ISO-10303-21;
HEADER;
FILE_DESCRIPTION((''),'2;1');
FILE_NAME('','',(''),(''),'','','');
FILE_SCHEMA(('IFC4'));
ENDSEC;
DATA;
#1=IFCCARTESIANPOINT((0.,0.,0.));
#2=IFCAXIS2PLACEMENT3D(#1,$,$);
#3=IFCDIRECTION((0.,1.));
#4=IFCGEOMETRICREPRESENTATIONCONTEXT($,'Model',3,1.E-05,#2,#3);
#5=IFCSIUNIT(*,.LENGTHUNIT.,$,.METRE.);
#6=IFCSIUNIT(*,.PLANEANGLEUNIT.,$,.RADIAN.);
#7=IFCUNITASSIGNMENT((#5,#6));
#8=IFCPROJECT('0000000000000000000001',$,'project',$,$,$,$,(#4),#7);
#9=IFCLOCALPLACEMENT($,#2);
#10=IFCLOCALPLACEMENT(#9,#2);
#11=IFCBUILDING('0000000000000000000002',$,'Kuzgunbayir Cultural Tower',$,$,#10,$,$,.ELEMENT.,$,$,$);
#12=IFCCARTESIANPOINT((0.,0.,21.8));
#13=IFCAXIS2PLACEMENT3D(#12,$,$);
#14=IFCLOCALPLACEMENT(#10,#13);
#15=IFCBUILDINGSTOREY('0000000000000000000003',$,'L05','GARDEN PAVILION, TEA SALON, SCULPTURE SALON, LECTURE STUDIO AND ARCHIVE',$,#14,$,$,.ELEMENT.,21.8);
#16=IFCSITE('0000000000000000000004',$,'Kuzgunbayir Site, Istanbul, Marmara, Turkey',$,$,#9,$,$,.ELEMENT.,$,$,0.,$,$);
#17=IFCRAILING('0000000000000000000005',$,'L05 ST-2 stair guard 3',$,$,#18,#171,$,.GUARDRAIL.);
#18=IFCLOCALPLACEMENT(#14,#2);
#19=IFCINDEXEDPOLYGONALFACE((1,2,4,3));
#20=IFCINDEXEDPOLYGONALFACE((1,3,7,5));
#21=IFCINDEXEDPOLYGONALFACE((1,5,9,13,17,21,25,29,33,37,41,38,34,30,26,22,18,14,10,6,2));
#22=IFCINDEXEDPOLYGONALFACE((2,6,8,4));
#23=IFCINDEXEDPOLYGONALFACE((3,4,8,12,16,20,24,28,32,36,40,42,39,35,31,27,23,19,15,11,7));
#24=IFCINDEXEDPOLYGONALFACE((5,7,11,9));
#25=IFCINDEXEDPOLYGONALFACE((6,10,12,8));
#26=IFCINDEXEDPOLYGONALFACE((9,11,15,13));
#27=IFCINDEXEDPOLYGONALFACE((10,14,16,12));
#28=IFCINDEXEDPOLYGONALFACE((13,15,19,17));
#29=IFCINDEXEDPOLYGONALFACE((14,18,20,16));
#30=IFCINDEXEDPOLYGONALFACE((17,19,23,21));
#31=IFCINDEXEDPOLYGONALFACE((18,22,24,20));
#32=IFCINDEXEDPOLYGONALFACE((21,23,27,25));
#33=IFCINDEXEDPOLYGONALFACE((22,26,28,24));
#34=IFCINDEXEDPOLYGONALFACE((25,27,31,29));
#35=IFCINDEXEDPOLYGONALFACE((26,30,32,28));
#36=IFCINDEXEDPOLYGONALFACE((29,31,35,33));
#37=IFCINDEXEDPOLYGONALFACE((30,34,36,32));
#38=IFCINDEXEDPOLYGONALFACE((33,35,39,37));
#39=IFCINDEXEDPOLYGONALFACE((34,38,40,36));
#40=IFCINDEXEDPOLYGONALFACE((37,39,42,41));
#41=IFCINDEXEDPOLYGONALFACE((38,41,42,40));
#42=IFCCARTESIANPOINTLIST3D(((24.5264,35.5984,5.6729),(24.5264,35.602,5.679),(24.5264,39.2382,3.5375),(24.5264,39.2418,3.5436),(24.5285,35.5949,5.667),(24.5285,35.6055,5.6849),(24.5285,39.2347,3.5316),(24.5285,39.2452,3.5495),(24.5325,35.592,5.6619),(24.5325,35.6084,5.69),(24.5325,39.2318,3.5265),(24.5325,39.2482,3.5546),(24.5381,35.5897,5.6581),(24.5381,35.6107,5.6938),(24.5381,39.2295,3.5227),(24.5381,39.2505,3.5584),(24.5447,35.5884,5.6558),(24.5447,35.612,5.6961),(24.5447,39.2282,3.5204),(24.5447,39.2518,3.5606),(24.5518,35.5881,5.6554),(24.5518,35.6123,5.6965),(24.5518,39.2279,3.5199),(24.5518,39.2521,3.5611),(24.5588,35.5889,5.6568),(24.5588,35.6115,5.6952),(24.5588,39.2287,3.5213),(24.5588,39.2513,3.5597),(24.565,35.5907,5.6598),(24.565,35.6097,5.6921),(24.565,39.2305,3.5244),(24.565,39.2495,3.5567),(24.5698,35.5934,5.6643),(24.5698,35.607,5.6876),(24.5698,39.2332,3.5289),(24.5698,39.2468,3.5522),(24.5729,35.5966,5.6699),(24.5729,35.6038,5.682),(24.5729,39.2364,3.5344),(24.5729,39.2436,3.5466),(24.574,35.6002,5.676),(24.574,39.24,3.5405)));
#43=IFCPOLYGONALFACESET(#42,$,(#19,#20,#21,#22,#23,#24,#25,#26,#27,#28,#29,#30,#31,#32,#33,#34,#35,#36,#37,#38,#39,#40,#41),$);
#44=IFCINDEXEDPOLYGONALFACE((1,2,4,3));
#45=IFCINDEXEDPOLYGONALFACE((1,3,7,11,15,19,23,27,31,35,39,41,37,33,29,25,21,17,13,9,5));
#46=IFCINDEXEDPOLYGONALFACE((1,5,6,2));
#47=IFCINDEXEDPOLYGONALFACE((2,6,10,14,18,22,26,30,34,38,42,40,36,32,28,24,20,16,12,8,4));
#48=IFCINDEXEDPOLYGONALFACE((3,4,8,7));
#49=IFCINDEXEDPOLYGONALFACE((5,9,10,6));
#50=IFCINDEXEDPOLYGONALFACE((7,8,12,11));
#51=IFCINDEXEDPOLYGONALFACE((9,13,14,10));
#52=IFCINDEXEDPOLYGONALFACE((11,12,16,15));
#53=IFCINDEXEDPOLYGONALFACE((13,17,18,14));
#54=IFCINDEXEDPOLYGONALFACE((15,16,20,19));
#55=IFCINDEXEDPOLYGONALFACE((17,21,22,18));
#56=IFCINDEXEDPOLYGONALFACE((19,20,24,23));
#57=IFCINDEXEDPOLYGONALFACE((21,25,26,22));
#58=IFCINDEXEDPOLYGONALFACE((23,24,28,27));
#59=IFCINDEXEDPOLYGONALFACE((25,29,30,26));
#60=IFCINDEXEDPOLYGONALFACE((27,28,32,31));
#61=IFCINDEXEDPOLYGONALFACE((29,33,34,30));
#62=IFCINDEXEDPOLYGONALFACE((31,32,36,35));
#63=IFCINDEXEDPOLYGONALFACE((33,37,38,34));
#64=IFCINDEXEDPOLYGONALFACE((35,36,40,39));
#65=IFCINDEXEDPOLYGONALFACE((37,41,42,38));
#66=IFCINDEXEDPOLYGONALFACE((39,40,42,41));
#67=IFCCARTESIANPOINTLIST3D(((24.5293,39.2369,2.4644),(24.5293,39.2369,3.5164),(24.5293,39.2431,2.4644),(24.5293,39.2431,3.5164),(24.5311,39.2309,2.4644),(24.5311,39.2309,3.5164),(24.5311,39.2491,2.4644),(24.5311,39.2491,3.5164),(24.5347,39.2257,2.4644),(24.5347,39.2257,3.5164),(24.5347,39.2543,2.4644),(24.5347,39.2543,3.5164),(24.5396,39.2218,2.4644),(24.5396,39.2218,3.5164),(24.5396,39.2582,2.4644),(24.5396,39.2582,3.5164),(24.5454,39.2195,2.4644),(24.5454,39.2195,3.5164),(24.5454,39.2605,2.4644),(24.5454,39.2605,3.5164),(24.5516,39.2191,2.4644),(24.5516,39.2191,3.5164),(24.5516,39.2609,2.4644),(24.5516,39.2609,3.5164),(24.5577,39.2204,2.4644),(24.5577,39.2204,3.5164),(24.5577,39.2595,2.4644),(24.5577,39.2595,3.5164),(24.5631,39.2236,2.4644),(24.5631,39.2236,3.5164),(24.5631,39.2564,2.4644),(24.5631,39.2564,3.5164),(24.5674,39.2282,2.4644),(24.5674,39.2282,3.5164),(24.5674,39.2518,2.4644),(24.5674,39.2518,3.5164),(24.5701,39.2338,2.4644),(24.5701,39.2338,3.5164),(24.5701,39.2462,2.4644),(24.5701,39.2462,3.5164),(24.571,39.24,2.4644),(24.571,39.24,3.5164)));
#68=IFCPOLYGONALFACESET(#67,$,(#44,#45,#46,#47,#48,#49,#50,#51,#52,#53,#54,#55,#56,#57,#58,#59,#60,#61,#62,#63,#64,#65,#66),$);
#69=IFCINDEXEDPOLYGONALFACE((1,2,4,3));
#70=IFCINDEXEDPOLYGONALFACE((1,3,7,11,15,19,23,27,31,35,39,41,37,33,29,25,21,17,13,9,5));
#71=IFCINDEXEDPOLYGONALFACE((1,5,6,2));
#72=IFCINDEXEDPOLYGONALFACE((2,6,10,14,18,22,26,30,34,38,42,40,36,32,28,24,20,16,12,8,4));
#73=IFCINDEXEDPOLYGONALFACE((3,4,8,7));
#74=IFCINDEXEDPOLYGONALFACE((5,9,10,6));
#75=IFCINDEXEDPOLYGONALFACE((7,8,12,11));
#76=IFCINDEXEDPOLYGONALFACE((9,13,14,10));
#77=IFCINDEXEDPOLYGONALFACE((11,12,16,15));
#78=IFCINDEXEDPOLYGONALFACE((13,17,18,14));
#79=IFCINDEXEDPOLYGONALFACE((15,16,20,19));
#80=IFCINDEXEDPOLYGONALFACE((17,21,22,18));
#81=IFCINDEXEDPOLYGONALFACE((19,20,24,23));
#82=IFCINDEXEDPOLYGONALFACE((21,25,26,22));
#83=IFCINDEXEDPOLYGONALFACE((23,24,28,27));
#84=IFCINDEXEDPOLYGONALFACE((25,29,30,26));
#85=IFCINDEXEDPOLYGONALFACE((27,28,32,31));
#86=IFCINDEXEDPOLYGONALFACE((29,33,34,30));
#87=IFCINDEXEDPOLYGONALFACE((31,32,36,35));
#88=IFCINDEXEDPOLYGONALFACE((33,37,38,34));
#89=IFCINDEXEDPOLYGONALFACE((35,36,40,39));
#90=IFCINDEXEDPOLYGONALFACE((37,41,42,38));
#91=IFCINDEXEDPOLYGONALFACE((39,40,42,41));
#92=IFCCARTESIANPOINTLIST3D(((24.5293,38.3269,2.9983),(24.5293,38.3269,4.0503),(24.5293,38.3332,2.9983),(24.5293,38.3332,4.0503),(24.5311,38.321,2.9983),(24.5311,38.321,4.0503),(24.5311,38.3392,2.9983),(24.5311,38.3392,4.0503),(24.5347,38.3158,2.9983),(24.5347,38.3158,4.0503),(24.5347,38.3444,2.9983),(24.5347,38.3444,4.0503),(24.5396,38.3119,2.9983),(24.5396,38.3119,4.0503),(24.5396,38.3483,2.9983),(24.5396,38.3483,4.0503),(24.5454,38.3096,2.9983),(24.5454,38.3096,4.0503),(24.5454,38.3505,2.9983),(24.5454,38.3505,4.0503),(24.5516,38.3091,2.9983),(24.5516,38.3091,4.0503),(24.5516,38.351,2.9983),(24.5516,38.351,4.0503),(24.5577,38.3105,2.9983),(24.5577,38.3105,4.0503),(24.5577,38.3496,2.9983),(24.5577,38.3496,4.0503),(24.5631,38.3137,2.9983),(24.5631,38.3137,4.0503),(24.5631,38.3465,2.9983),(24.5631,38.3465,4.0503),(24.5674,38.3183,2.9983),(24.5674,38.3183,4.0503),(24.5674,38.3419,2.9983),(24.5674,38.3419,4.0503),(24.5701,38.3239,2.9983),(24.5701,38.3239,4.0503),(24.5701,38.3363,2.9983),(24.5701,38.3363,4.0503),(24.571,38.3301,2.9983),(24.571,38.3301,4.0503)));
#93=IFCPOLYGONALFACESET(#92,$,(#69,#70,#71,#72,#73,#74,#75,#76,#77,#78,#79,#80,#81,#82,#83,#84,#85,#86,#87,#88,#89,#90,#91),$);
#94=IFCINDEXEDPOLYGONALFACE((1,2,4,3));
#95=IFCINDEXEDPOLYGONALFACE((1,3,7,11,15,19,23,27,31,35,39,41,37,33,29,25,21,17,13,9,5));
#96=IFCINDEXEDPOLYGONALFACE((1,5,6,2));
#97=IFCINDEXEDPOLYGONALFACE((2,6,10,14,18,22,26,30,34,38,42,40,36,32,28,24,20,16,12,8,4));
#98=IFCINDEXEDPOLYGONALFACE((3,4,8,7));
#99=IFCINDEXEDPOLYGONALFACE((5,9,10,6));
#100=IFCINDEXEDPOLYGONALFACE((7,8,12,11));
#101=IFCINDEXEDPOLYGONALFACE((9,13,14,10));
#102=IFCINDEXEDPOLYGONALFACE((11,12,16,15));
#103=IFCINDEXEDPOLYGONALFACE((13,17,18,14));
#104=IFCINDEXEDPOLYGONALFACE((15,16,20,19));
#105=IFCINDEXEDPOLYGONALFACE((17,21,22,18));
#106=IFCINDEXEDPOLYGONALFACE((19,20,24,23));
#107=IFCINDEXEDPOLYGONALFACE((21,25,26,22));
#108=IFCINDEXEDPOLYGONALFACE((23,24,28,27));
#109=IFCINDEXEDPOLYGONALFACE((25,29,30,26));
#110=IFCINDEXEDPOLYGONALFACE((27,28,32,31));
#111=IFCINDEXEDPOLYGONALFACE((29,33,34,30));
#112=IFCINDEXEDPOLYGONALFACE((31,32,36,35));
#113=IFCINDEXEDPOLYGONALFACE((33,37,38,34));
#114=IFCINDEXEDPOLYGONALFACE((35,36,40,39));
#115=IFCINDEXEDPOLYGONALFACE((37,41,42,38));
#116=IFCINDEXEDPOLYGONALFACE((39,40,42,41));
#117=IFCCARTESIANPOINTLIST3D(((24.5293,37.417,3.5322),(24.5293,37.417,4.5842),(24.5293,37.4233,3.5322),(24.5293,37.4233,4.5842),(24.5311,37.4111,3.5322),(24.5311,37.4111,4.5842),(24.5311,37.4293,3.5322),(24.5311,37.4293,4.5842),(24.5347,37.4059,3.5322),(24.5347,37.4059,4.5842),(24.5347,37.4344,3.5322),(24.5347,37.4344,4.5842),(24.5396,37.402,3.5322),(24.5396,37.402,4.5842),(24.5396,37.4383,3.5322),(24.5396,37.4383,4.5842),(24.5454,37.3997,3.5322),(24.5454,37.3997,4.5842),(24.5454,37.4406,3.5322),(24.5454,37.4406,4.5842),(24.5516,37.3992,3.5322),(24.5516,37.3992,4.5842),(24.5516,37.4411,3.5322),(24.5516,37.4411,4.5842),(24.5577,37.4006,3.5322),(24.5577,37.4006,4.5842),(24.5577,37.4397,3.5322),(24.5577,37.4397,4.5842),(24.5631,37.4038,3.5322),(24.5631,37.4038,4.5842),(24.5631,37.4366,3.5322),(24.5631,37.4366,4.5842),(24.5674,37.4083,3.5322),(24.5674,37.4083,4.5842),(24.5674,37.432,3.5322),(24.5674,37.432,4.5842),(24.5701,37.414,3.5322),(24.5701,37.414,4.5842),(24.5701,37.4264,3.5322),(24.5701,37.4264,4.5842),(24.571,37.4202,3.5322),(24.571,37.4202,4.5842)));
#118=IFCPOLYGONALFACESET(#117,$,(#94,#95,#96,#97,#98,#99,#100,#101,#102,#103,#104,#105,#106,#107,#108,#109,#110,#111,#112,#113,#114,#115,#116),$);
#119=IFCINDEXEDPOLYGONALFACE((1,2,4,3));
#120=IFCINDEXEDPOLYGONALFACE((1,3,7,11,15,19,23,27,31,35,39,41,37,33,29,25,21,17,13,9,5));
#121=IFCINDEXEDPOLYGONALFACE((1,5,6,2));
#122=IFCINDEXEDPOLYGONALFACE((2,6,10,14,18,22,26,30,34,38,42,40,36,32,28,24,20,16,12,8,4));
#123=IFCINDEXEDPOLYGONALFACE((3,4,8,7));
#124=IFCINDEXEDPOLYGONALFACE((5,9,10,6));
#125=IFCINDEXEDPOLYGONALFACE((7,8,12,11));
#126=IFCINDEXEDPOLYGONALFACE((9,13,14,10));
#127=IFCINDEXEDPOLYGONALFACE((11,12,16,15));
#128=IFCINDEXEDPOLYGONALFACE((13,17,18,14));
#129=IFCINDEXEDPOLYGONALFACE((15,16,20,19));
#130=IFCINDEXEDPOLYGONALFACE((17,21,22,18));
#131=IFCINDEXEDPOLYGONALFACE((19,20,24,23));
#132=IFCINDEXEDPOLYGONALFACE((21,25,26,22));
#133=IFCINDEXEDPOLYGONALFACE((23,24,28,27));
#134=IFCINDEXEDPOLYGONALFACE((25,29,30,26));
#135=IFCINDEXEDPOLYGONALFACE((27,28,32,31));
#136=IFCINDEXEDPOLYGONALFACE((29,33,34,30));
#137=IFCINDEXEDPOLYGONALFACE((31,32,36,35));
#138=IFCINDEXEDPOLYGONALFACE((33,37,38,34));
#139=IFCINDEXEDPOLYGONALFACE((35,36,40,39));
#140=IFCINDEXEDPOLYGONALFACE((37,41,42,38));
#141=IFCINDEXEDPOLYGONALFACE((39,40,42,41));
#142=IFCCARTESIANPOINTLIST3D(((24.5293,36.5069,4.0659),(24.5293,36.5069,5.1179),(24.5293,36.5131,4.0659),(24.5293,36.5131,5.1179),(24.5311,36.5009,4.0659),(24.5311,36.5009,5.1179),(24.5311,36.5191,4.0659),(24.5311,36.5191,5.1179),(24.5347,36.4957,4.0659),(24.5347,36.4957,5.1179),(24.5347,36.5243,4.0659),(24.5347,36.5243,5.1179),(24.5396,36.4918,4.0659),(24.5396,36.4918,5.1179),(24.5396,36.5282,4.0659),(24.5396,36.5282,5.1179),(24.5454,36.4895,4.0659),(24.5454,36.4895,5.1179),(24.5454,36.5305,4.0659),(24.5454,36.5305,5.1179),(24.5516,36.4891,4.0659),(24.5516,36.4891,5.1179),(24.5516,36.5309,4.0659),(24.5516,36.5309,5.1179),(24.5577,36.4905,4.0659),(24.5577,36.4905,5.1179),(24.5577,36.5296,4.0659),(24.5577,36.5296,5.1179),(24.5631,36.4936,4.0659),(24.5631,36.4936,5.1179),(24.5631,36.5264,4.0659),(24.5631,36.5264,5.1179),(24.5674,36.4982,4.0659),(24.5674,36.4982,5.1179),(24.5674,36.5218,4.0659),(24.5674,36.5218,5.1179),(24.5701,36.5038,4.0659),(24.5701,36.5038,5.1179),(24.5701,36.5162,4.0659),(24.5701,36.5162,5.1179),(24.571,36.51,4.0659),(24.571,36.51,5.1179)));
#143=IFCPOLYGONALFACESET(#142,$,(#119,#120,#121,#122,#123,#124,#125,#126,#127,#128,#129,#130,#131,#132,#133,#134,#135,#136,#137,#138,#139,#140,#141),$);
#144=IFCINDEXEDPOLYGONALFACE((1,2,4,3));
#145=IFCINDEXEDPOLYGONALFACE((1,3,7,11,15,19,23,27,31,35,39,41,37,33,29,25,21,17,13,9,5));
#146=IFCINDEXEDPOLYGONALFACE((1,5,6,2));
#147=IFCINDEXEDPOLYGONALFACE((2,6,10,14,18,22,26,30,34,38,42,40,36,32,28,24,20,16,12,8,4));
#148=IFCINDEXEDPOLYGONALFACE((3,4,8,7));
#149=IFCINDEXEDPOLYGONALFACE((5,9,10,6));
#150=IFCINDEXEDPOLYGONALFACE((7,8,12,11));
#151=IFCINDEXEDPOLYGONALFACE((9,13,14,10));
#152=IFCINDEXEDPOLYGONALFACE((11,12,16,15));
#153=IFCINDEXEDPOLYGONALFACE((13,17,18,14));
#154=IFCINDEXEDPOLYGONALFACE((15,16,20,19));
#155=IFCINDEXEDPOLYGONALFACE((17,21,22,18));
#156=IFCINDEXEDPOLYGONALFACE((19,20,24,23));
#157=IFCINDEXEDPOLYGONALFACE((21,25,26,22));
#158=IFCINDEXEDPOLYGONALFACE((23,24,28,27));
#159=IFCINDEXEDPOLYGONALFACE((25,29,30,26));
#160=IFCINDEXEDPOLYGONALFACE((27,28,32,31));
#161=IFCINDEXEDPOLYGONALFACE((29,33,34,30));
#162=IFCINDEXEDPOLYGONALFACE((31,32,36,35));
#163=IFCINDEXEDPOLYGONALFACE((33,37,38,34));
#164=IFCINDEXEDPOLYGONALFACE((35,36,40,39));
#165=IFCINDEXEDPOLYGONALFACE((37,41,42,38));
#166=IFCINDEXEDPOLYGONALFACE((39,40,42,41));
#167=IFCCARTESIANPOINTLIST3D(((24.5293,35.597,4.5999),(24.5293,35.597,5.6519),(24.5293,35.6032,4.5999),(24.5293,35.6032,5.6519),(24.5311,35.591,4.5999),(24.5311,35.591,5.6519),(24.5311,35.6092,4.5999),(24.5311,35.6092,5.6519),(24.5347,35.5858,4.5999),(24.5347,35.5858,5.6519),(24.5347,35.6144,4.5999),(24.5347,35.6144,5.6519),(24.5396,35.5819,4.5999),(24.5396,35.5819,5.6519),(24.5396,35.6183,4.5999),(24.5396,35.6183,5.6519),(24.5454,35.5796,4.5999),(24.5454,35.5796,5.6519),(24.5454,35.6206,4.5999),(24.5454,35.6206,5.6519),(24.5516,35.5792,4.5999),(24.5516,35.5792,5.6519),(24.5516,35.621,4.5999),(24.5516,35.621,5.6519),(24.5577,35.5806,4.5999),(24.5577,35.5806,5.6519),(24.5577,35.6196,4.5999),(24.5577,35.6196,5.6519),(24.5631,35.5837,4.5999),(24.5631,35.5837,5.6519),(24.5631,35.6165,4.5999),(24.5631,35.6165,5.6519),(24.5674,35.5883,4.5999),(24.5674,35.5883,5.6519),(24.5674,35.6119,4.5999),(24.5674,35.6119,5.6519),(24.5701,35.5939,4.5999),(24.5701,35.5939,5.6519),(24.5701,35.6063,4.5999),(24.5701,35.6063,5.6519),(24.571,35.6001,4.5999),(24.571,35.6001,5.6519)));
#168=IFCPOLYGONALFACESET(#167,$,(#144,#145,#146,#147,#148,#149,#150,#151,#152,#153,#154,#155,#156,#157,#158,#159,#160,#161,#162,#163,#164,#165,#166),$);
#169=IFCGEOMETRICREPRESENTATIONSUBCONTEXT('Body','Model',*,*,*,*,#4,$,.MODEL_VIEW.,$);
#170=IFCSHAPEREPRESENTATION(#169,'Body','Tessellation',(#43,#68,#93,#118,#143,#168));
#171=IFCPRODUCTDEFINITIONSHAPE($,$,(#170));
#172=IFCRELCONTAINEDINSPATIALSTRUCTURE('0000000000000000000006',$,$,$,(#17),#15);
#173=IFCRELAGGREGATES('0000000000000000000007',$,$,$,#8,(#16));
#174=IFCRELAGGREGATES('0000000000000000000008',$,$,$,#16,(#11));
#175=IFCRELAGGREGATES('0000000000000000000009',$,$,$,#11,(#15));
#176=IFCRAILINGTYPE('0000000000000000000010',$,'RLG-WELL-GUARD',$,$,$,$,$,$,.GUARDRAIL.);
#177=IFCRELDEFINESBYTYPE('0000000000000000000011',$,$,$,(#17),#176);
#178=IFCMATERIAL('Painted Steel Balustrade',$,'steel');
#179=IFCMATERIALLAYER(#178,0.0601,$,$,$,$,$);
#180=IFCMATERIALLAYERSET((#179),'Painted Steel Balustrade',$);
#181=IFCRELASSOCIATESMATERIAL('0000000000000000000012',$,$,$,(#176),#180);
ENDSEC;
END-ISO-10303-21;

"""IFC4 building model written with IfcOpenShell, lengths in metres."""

from ifc_helpers import new_model, si_unit, direction, frame, origin, origin_2d, place, context, subcontext, project, spatial, circle, extrude, material, layer, layer_set, type_object, element, save


model = new_model("IFC4")

# Units and contexts
model_context = context("Model", 3, precision=1e-05, world=origin(), true_north=direction((0.0, 1.0)))
body_context = subcontext(model_context, "Body", "Model", "MODEL_VIEW")
ifc_project = project(units=[si_unit("LENGTHUNIT", "METRE"), si_unit("PLANEANGLEUNIT", "RADIAN")], contexts=[model_context])

# Site, building, storey
site_placement = place(None, origin())
site = spatial("IfcSite", under=ifc_project, at=site_placement, Name="Kuzgunbayir Site, Istanbul, Marmara, Turkey", CompositionType="ELEMENT", RefElevation=0.0)
building_placement = place(site_placement, origin())
building = spatial("IfcBuilding", under=site, at=building_placement, Name="Kuzgunbayir Cultural Tower", CompositionType="ELEMENT")
storey_placement = place(building_placement, frame((0.0, 0.0, 21.8)))
storey = spatial("IfcBuildingStorey", under=building, at=storey_placement, Name="L05", Description="GARDEN PAVILION, TEA SALON, SCULPTURE SALON, LECTURE STUDIO AND ARCHIVE", CompositionType="ELEMENT", Elevation=21.8)

# Railing
ifc_material_1 = material(Name="Painted Steel Balustrade", Category="steel")
ifc_layer_1 = layer(ifc_material_1, 0.0601)
ifc_layer_set_1 = layer_set([ifc_layer_1], Name="Painted Steel Balustrade")
railing_type_1 = type_object("IfcRailingType", Name="RLG-WELL-GUARD", PredefinedType="GUARDRAIL", material=ifc_layer_set_1)
railing_1_placement = place(storey_placement, frame((24.55, 39.24, 2.4644)))
element("IfcRailing", 1, at=railing_1_placement, inside=storey, type_object=railing_type_1, Name="L05 ST-2 stair guard 3", PredefinedType="GUARDRAIL", context=body_context, shape_type="SweptSolid", body=[
    extrude(circle(Radius=0.0239, at=origin_2d()), frame((0.0, 0.0, 1.0762), z_axis=(0.0, -0.862515, 0.506031), x_axis=(1.0, 0.0, 0.0)), (0.0, 0.0, 1.0), 4.22),
    extrude(circle(Radius=0.021, at=origin_2d()), origin(), (0.0, 0.0, 1.0), 1.052),
    extrude(circle(Radius=0.021, at=origin_2d()), frame((0.0, -0.9099, 0.5339)), (0.0, 0.0, 1.0), 1.052),
    extrude(circle(Radius=0.021, at=origin_2d()), frame((0.0, -1.8198, 1.0679)), (0.0, 0.0, 1.0), 1.052),
    extrude(circle(Radius=0.021, at=origin_2d()), frame((0.0, -2.73, 1.6016)), (0.0, 0.0, 1.0), 1.052),
    extrude(circle(Radius=0.021, at=origin_2d()), frame((0.0, -3.6399, 2.1355)), (0.0, 0.0, 1.0), 1.052),
])

save(model, "model.ifc")
